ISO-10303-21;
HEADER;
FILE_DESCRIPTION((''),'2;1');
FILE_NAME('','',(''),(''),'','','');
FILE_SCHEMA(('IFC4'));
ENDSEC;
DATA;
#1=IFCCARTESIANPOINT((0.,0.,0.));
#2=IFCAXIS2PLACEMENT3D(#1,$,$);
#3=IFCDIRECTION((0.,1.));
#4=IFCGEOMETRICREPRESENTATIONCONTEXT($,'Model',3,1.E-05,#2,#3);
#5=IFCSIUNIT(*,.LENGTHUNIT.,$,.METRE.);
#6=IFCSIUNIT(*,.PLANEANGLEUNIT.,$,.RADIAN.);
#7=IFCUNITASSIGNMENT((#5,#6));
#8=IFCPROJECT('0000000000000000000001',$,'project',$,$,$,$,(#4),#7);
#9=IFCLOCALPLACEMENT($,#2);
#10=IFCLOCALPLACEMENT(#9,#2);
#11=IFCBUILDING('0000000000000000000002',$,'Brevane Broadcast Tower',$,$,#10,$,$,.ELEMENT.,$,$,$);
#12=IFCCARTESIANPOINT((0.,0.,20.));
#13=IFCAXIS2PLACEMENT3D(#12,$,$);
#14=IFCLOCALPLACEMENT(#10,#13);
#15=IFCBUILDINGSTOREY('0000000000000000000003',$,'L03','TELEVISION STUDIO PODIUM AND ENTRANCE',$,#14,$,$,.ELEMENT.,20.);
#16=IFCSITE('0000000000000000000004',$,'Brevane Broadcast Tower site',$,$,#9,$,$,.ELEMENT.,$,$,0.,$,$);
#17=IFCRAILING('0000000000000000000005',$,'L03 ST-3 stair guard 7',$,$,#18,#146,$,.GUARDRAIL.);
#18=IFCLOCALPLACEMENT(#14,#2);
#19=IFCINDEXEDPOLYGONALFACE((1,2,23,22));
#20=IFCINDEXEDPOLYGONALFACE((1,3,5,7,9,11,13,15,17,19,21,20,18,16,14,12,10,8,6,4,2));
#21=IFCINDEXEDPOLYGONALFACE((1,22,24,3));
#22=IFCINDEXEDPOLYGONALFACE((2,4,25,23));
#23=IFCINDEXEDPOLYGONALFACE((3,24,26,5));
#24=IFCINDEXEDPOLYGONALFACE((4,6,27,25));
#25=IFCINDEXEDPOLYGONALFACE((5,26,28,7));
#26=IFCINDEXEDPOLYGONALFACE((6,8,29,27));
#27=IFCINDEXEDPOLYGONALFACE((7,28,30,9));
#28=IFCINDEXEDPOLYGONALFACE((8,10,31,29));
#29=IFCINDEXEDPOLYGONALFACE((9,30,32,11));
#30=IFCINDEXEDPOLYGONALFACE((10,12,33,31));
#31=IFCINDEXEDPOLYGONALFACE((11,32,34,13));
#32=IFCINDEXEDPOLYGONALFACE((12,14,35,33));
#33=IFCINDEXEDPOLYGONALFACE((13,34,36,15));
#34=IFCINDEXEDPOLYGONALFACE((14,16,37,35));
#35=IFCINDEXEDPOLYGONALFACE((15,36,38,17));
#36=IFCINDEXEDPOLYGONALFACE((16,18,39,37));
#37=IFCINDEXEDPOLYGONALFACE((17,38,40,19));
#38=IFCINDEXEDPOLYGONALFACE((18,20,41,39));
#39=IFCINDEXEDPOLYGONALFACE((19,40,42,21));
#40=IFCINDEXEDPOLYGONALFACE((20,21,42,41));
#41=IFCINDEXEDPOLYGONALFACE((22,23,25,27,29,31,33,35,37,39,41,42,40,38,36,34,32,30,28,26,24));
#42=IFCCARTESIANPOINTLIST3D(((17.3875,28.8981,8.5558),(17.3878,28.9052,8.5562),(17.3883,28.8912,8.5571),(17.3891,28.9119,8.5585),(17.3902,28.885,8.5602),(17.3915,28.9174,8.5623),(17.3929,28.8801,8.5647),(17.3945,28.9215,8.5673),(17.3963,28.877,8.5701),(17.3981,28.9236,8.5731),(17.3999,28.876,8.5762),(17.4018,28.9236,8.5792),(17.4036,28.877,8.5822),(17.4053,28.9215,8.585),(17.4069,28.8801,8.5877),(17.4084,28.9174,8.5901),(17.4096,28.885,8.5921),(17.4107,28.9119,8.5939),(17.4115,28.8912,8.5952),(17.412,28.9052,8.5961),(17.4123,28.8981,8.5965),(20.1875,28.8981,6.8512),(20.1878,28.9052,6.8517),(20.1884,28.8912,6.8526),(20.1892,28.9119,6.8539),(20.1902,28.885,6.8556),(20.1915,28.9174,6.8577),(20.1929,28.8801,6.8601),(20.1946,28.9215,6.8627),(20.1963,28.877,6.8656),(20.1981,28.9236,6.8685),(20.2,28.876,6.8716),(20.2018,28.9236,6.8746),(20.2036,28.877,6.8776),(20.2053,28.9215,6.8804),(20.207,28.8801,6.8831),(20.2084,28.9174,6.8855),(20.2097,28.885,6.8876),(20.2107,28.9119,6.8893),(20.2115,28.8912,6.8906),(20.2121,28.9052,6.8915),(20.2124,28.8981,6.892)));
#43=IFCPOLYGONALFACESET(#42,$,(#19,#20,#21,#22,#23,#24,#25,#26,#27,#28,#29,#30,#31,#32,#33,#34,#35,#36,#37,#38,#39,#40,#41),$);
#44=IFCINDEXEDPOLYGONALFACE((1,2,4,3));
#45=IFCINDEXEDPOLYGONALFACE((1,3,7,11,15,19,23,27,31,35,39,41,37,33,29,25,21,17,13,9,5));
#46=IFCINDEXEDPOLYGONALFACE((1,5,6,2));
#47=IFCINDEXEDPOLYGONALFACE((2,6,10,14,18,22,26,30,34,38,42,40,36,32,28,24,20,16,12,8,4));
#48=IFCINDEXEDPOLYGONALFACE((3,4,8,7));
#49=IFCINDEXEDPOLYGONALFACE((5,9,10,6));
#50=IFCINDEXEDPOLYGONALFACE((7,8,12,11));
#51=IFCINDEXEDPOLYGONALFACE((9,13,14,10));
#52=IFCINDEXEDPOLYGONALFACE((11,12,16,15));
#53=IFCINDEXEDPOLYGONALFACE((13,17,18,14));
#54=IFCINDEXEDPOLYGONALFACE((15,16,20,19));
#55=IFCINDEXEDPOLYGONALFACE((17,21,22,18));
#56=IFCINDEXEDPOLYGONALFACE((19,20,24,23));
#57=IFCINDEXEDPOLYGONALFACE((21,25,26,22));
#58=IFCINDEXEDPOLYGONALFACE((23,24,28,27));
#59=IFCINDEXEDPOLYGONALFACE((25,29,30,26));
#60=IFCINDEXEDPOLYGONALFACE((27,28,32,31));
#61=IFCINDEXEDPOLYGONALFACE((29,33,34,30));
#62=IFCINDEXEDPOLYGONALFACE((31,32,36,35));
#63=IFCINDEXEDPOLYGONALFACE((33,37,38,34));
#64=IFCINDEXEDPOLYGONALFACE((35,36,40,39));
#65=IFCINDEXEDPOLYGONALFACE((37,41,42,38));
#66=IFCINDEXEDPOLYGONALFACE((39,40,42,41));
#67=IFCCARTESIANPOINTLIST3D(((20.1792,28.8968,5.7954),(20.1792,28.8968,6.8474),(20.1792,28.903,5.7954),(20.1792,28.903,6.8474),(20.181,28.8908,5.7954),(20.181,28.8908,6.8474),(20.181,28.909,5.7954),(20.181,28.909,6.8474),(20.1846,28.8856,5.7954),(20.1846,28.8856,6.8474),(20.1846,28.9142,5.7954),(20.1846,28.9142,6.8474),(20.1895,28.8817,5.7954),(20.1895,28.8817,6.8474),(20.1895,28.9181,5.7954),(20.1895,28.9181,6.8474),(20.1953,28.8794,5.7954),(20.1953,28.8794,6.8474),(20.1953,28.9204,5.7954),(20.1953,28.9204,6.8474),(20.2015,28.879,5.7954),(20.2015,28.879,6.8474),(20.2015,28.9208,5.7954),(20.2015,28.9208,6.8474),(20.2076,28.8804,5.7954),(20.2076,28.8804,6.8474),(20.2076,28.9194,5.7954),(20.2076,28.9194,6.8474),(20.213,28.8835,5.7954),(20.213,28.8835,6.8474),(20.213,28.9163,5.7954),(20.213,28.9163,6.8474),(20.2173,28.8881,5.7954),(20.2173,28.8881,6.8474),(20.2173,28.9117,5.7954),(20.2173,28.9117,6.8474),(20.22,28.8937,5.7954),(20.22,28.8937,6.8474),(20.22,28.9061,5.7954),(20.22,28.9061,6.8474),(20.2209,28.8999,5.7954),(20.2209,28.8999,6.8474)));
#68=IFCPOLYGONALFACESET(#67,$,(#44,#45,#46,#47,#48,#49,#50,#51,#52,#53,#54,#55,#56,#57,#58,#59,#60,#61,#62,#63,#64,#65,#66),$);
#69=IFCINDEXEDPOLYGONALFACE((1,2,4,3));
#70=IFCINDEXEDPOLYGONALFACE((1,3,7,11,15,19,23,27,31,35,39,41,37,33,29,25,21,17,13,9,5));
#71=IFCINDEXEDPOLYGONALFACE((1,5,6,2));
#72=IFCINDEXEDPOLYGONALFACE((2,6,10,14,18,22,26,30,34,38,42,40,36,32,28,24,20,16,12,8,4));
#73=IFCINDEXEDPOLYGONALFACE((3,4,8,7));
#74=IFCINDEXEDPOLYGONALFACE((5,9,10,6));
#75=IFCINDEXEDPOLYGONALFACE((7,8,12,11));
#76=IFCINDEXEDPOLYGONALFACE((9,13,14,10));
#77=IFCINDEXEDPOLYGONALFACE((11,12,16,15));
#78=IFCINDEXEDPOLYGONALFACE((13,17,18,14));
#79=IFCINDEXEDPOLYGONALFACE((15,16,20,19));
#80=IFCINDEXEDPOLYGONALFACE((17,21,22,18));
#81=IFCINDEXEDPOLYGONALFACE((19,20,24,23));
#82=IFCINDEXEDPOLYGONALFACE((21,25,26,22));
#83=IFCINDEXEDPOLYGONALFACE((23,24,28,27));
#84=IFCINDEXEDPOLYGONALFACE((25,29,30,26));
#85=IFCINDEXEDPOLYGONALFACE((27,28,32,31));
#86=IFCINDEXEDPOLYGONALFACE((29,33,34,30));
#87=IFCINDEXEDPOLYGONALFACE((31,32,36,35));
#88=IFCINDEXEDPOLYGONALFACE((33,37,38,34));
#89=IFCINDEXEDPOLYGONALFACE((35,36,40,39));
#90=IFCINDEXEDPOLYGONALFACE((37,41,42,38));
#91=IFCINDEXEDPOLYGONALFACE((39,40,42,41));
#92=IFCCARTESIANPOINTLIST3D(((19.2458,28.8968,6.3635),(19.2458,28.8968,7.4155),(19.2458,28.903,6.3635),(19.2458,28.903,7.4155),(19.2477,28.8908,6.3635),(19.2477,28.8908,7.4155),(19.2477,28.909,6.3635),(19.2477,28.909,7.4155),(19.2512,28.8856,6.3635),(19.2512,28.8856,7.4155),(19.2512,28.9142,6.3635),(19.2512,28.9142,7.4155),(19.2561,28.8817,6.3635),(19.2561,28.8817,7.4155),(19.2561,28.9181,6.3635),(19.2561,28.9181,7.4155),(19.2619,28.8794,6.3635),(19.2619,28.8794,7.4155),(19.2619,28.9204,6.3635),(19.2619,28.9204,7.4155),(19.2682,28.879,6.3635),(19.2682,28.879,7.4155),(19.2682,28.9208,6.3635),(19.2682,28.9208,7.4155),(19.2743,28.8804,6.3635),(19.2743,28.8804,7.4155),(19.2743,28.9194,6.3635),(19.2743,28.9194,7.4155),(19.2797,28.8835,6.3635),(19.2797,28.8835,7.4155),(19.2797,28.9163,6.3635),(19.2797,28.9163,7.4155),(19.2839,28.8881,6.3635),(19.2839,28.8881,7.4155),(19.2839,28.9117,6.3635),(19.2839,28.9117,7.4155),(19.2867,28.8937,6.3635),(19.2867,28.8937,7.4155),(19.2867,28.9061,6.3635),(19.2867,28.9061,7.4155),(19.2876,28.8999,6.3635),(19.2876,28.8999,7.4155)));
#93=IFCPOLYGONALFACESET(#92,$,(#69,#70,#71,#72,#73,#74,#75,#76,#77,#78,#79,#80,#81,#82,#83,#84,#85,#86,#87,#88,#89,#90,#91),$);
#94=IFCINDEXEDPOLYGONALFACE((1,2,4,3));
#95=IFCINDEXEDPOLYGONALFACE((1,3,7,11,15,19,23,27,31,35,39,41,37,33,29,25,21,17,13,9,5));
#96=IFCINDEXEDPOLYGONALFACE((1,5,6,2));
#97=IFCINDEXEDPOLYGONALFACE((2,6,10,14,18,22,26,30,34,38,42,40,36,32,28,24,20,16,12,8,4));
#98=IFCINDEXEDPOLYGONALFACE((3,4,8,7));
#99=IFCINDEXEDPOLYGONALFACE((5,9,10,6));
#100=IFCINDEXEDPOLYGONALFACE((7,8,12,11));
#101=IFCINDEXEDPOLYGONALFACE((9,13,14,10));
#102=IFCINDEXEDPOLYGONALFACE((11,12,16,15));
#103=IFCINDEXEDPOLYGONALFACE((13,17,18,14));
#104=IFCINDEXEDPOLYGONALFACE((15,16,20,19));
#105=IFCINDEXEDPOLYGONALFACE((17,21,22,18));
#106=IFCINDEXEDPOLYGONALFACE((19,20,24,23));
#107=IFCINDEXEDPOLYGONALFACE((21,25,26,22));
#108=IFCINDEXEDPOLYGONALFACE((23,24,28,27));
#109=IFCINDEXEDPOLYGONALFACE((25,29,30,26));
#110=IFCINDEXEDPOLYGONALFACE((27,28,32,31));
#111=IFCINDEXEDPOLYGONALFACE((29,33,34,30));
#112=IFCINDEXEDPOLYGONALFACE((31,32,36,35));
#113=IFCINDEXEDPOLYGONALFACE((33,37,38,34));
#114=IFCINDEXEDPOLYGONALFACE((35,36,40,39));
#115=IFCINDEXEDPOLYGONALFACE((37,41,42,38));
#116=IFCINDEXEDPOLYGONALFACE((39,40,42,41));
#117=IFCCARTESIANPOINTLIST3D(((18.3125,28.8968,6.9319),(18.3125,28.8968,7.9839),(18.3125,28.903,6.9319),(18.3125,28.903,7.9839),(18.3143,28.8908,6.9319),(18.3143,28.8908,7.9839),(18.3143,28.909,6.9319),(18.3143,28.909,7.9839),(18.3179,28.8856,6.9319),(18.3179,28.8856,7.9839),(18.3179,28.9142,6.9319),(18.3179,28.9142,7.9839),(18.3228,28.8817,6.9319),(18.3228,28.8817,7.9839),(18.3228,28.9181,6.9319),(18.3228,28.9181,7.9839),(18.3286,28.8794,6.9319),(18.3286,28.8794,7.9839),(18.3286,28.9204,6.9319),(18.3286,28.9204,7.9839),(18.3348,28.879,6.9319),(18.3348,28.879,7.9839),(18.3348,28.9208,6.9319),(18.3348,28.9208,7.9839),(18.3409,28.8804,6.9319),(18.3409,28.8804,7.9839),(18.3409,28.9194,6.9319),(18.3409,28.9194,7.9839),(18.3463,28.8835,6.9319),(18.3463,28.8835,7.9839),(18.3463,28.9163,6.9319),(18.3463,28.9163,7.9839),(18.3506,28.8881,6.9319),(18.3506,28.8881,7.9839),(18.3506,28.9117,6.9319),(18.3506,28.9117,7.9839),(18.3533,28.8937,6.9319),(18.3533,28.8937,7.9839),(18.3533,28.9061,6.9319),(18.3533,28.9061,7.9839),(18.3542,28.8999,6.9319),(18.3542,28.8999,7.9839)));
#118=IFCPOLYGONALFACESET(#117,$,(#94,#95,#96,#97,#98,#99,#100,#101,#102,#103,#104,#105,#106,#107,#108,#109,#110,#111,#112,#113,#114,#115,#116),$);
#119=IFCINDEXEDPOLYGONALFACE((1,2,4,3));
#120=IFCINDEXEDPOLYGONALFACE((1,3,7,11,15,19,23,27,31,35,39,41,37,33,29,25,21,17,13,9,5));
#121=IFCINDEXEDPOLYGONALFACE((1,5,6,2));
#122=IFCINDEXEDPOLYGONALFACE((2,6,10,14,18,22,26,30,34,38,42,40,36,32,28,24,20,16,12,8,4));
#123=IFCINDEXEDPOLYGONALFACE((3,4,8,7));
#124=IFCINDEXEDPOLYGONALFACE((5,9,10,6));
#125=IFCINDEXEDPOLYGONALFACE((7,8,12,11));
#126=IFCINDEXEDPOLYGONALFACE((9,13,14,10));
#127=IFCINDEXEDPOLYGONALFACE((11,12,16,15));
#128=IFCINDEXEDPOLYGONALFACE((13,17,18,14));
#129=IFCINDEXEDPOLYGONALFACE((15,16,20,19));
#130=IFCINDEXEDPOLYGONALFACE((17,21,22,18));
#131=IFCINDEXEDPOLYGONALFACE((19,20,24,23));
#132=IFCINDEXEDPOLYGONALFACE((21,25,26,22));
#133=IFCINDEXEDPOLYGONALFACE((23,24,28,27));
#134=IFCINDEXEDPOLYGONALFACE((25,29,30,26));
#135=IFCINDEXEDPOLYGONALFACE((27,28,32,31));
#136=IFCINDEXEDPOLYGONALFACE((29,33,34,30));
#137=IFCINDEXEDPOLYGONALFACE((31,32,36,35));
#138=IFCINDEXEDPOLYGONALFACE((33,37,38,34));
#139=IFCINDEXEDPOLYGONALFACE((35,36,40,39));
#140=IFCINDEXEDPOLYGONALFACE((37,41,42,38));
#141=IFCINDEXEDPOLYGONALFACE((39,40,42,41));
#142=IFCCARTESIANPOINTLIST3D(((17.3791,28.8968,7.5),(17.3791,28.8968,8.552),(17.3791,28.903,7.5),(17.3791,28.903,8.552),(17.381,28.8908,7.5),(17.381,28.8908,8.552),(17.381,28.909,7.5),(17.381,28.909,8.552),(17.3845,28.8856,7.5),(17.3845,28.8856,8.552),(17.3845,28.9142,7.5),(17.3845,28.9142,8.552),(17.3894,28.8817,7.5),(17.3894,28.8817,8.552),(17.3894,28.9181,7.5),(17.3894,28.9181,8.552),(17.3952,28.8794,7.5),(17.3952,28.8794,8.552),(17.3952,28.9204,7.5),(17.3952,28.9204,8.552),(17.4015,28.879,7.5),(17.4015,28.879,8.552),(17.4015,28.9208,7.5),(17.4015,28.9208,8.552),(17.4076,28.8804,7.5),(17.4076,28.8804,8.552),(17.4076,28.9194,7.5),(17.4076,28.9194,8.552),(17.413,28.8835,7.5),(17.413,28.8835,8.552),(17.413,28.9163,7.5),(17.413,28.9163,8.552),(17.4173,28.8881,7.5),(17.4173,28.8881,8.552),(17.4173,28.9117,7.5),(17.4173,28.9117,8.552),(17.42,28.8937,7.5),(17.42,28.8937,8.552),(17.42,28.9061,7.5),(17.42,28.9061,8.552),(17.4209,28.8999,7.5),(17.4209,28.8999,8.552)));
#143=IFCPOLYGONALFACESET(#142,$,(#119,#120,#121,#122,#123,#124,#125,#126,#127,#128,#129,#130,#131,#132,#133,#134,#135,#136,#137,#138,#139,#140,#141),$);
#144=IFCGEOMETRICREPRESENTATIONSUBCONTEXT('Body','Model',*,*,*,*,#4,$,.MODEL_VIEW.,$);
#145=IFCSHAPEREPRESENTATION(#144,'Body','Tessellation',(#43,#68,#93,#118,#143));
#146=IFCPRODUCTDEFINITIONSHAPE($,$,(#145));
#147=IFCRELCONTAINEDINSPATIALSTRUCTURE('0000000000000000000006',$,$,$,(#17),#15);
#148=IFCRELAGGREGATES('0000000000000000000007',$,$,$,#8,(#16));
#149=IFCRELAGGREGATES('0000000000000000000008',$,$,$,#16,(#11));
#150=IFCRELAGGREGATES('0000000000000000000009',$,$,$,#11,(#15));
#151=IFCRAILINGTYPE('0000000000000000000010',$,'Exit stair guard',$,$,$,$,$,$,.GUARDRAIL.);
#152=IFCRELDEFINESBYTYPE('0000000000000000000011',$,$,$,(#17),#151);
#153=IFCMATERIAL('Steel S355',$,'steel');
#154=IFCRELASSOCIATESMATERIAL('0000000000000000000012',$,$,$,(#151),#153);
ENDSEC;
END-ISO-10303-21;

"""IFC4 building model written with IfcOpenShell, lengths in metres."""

from ifc_helpers import new_model, si_unit, direction, frame, origin, origin_2d, place, context, subcontext, project, spatial, circle, extrude, material, type_object, element, save


model = new_model("IFC4")

# Units and contexts
model_context = context("Model", 3, precision=1e-05, world=origin(), true_north=direction((0.0, 1.0)))
body_context = subcontext(model_context, "Body", "Model", "MODEL_VIEW")
ifc_project = project(units=[si_unit("LENGTHUNIT", "METRE"), si_unit("PLANEANGLEUNIT", "RADIAN")], contexts=[model_context])

# Site, building, storey
site_placement = place(None, origin())
site = spatial("IfcSite", under=ifc_project, at=site_placement, Name="Brevane Broadcast Tower site", CompositionType="ELEMENT", RefElevation=0.0)
building_placement = place(site_placement, origin())
building = spatial("IfcBuilding", under=site, at=building_placement, Name="Brevane Broadcast Tower", CompositionType="ELEMENT")
storey_placement = place(building_placement, frame((0.0, 0.0, 20.0)))
storey = spatial("IfcBuildingStorey", under=building, at=storey_placement, Name="L03", Description="TELEVISION STUDIO PODIUM AND ENTRANCE", CompositionType="ELEMENT", Elevation=20.0)

# Railing
ifc_material_1 = material(Name="Steel S355", Category="steel")
railing_type_1 = type_object("IfcRailingType", Name="Exit stair guard", PredefinedType="GUARDRAIL", material=ifc_material_1)
railing_1_placement = place(storey_placement, frame((20.2, 28.8999, 5.7954)))
element("IfcRailing", 1, at=railing_1_placement, inside=storey, type_object=railing_type_1, Name="L03 ST-3 stair guard 7", PredefinedType="GUARDRAIL", context=body_context, shape_type="SweptSolid", body=[
    extrude(circle(Radius=0.0239, at=origin_2d()), frame((0.0, 0.0, 1.0762), z_axis=(-0.85417, 0.0, 0.519994), x_axis=(0.0, -1.0, 0.0)), (0.0, 0.0, 1.0), 3.2781),
    extrude(circle(Radius=0.021, at=origin_2d()), origin(), (0.0, 0.0, 1.0), 1.052),
    extrude(circle(Radius=0.021, at=origin_2d()), frame((-0.9333, 0.0, 0.5681)), (0.0, 0.0, 1.0), 1.052),
    extrude(circle(Radius=0.021, at=origin_2d()), frame((-1.8667, 0.0, 1.1365)), (0.0, 0.0, 1.0), 1.052),
    extrude(circle(Radius=0.021, at=origin_2d()), frame((-2.8, 0.0, 1.7046)), (0.0, 0.0, 1.0), 1.052),
])

save(model, "model.ifc")
